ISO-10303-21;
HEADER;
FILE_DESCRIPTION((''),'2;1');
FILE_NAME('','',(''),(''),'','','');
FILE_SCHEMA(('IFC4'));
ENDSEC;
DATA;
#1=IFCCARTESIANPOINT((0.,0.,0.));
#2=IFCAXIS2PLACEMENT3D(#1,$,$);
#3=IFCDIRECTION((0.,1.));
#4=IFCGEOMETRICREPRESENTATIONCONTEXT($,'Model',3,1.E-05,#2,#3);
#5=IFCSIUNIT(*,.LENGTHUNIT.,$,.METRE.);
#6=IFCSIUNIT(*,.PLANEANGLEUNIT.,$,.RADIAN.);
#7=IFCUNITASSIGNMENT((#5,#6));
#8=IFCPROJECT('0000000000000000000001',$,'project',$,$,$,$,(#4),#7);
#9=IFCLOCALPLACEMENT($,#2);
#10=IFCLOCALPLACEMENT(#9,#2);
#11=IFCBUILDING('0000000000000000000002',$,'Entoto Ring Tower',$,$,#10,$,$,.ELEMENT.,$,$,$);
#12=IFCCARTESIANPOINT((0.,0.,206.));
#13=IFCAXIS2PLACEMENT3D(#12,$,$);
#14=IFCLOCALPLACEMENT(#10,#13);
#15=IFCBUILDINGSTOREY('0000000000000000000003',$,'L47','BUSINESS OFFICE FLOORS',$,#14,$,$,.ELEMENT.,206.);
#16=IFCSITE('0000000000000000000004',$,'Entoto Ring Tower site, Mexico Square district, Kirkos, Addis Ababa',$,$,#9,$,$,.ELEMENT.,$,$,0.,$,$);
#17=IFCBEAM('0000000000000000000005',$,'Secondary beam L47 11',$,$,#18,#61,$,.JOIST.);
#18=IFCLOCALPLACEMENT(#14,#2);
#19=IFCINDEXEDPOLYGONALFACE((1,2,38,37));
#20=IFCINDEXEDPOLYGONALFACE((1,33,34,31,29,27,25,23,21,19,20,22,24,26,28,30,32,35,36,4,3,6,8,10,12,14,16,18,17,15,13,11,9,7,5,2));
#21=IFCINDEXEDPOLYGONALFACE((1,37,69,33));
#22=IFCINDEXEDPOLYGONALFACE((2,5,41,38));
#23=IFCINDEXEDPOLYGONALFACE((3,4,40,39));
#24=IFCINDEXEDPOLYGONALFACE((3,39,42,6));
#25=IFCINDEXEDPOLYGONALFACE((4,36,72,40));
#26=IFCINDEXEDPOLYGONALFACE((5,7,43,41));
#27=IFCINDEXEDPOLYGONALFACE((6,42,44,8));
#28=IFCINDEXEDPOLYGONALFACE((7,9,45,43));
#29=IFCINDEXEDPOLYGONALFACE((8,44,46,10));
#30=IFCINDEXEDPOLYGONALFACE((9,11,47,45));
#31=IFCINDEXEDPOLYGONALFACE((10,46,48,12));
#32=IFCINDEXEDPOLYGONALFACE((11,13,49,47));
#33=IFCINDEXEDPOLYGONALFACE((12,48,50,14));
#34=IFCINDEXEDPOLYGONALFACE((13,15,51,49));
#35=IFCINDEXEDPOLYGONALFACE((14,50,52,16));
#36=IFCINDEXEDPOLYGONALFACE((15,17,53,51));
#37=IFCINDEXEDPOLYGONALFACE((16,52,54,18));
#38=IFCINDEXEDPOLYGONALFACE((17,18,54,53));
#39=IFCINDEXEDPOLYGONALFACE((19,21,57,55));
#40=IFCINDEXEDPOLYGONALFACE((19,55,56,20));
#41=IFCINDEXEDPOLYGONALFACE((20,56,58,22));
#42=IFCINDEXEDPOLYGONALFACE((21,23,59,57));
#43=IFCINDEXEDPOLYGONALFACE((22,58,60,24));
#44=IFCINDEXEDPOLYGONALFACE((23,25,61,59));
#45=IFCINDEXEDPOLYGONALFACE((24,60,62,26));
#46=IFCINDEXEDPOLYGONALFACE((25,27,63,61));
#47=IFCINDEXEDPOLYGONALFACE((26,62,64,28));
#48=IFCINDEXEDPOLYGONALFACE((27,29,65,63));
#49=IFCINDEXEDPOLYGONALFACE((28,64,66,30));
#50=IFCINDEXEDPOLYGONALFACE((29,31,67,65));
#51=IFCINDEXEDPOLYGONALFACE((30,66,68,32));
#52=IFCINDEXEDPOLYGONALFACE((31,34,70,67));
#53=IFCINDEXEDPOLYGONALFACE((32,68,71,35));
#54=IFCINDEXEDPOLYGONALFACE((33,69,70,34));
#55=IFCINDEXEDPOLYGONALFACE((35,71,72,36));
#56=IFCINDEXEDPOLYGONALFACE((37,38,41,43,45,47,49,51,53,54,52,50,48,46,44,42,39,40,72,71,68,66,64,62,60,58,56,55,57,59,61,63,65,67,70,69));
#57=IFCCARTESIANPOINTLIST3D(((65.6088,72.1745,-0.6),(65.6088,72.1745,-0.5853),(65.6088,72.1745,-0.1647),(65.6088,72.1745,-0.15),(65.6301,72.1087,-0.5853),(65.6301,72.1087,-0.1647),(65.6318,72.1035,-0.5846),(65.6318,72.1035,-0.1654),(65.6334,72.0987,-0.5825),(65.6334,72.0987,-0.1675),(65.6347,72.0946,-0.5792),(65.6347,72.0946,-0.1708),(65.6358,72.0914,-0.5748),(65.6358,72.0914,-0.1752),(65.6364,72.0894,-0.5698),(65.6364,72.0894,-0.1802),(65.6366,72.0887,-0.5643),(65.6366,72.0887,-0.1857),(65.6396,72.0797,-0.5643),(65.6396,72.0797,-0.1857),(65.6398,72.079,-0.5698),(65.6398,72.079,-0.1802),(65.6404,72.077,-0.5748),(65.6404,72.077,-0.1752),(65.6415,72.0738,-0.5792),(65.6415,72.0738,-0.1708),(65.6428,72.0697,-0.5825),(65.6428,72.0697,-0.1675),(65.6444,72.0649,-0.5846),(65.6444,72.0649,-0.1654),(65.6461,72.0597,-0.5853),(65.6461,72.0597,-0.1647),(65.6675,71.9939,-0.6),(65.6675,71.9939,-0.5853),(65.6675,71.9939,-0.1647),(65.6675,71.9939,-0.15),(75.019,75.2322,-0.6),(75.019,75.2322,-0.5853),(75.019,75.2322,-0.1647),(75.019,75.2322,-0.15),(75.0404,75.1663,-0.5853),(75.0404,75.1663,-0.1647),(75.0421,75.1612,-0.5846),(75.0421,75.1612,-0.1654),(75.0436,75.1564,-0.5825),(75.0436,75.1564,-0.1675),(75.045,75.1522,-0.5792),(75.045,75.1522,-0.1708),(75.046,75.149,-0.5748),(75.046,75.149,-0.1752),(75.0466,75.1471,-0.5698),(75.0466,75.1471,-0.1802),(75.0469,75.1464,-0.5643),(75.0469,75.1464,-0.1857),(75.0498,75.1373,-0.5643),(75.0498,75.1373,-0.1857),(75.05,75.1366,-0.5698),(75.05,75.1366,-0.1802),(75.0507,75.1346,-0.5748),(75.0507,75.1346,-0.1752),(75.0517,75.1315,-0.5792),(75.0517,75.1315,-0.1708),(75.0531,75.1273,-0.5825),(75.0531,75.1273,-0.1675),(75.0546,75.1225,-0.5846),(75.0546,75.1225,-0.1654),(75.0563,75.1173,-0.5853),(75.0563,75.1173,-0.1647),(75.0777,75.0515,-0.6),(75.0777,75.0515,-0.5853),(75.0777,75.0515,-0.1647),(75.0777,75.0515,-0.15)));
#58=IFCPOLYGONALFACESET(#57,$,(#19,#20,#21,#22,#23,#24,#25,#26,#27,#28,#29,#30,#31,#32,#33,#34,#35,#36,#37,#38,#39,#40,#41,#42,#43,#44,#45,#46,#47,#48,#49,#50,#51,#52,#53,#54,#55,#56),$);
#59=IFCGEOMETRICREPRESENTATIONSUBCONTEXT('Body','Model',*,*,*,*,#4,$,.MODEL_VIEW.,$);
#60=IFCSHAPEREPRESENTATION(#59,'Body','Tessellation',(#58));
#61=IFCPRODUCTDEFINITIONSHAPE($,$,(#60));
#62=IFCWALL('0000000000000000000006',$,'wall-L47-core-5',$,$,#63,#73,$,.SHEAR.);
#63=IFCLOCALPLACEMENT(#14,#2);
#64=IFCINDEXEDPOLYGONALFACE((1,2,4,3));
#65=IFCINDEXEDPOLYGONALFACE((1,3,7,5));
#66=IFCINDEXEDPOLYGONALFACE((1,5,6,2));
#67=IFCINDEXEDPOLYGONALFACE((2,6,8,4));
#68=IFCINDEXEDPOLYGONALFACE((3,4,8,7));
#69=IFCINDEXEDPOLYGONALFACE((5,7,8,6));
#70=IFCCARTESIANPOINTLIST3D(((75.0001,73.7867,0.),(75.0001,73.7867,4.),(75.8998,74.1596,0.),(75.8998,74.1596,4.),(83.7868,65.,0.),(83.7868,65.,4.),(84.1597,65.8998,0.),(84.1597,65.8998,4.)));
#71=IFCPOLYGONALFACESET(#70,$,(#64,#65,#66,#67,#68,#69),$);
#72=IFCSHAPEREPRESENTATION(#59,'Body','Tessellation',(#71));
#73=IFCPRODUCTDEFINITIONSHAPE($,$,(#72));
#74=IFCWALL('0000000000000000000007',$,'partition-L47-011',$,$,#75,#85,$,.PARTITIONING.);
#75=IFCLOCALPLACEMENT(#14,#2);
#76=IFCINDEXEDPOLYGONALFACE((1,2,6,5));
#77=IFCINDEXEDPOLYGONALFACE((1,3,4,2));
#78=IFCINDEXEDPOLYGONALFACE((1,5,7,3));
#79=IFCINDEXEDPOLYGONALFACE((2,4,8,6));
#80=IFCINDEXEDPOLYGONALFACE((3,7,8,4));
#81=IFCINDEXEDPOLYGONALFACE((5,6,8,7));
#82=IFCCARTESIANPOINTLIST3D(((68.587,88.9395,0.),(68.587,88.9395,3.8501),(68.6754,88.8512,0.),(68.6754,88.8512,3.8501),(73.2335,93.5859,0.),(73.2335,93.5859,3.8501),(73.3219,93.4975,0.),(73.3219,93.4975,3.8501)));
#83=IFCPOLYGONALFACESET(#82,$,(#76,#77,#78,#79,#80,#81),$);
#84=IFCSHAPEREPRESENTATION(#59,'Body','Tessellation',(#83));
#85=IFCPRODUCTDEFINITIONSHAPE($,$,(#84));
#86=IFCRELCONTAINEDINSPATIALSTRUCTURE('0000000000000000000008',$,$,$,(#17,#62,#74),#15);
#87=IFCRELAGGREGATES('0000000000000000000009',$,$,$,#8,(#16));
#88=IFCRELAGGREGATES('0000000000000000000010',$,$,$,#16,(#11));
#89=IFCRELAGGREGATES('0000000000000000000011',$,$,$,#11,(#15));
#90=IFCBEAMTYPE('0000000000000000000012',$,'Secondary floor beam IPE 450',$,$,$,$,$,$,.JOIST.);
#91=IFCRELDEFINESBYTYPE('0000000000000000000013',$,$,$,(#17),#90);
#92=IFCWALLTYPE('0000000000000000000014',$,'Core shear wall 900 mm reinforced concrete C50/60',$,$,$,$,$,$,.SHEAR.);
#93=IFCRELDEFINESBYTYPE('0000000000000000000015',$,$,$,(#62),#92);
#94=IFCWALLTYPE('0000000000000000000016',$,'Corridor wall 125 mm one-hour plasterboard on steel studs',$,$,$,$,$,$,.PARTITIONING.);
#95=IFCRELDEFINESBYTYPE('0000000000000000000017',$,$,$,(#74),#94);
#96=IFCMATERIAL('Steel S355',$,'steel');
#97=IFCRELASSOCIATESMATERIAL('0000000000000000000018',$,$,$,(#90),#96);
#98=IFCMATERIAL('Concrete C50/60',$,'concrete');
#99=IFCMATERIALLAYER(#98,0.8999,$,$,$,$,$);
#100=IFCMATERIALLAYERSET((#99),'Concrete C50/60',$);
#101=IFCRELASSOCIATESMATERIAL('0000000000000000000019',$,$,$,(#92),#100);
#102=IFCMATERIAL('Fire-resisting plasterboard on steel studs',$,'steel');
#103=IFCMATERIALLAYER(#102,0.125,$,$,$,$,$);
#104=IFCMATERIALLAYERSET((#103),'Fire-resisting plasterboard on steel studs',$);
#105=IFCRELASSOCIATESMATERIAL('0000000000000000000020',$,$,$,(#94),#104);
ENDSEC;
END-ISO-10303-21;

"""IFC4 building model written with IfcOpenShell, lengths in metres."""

from ifc_helpers import new_model, si_unit, direction, frame, frame_2d, origin, origin_2d, place, context, subcontext, project, spatial, polyline, rectangle, i_section, outline, extrude, material, layer, layer_set, material_profile, profile_set, type_object, element, save


model = new_model("IFC4")

# Units and contexts
model_context = context("Model", 3, precision=1e-05, world=origin(), true_north=direction((0.0, 1.0)))
body_context = subcontext(model_context, "Body", "Model", "MODEL_VIEW")
ifc_project = project(units=[si_unit("LENGTHUNIT", "METRE"), si_unit("PLANEANGLEUNIT", "RADIAN")], contexts=[model_context])

# Site, building, storey
site_placement = place(None, origin())
site = spatial("IfcSite", under=ifc_project, at=site_placement, Name="Entoto Ring Tower site, Mexico Square district, Kirkos, Addis Ababa", CompositionType="ELEMENT", RefElevation=0.0)
building_placement = place(site_placement, origin())
building = spatial("IfcBuilding", under=site, at=building_placement, Name="Entoto Ring Tower", CompositionType="ELEMENT")
storey_placement = place(building_placement, frame((0.0, 0.0, 206.0)))
storey = spatial("IfcBuildingStorey", under=building, at=storey_placement, Name="L47", Description="BUSINESS OFFICE FLOORS", CompositionType="ELEMENT", Elevation=206.0)

# Beam
ifc_material_1 = material(Name="Steel S355", Category="steel")
ifc_material_profile_1 = material_profile(ifc_material_1, i_section(OverallWidth=0.1899, OverallDepth=0.45, WebThickness=0.0095, FlangeThickness=0.0146, FilletRadius=0.021, at=origin_2d()), Name="IPE 450")
ifc_profile_set_1 = profile_set([ifc_material_profile_1], Name="Steel S355")
beam_type_1 = type_object("IfcBeamType", Name="Secondary floor beam IPE 450", PredefinedType="JOIST", material=ifc_profile_set_1)
beam_1_placement = place(storey_placement, frame((75.0483, 75.1418, -0.375), z_axis=(-0.951054, -0.309024, 0.0), x_axis=(0.309024, -0.951054, 0.0)))
element("IfcBeam", 1, at=beam_1_placement, inside=storey, type_object=beam_type_1, Name="Secondary beam L47 11", PredefinedType="JOIST", context=body_context, shape_type="SweptSolid", body=[
    extrude(i_section(OverallWidth=0.1899, OverallDepth=0.45, WebThickness=0.0095, FlangeThickness=0.0146, FilletRadius=0.021, at=origin_2d()), origin(), (0.0, 0.0, 1.0), 9.8945),
])

# Walls
ifc_material_2 = material(Name="Concrete C50/60", Category="concrete")
ifc_layer_1 = layer(ifc_material_2, 0.8999)
ifc_layer_set_1 = layer_set([ifc_layer_1], Name="Concrete C50/60")
wall_type_1 = type_object("IfcWallType", Name="Core shear wall 900 mm reinforced concrete C50/60", PredefinedType="SHEAR", material=ifc_layer_set_1)
wall_1_placement = place(storey_placement, frame((75.45, 73.9731, 0.0), z_axis=(0.0, 0.0, 1.0), x_axis=(0.707107, -0.707107, 0.0)))
element("IfcWall", 2, at=wall_1_placement, inside=storey, type_object=wall_type_1, Name="wall-L47-core-5", PredefinedType="SHEAR", context=body_context, shape_type="SweptSolid", body=[
    extrude(outline(polyline([(-0.1863, -0.45), (12.24, -0.45), (11.8674, 0.45), (0.1863, 0.45), (-0.1863, -0.45)])), origin(), (0.0, 0.0, 1.0), 4.0),
])
ifc_material_3 = material(Name="Fire-resisting plasterboard on steel studs", Category="steel")
ifc_layer_2 = layer(ifc_material_3, 0.125)
ifc_layer_set_2 = layer_set([ifc_layer_2], Name="Fire-resisting plasterboard on steel studs")
wall_type_2 = type_object("IfcWallType", Name="Corridor wall 125 mm one-hour plasterboard on steel studs", PredefinedType="PARTITIONING", material=ifc_layer_set_2)
wall_2_placement = place(storey_placement, frame((68.6311, 88.8953, 0.0), z_axis=(0.0, 0.0, 1.0), x_axis=(0.707125, 0.707088, 0.0)))
element("IfcWall", 3, at=wall_2_placement, inside=storey, type_object=wall_type_2, Name="partition-L47-011", PredefinedType="PARTITIONING", context=body_context, shape_type="SweptSolid", body=[
    extrude(rectangle(XDim=6.571, YDim=0.125, at=frame_2d((3.2856, 0.0))), origin(), (0.0, 0.0, 1.0), 3.8501),
])

save(model, "model.ifc")
